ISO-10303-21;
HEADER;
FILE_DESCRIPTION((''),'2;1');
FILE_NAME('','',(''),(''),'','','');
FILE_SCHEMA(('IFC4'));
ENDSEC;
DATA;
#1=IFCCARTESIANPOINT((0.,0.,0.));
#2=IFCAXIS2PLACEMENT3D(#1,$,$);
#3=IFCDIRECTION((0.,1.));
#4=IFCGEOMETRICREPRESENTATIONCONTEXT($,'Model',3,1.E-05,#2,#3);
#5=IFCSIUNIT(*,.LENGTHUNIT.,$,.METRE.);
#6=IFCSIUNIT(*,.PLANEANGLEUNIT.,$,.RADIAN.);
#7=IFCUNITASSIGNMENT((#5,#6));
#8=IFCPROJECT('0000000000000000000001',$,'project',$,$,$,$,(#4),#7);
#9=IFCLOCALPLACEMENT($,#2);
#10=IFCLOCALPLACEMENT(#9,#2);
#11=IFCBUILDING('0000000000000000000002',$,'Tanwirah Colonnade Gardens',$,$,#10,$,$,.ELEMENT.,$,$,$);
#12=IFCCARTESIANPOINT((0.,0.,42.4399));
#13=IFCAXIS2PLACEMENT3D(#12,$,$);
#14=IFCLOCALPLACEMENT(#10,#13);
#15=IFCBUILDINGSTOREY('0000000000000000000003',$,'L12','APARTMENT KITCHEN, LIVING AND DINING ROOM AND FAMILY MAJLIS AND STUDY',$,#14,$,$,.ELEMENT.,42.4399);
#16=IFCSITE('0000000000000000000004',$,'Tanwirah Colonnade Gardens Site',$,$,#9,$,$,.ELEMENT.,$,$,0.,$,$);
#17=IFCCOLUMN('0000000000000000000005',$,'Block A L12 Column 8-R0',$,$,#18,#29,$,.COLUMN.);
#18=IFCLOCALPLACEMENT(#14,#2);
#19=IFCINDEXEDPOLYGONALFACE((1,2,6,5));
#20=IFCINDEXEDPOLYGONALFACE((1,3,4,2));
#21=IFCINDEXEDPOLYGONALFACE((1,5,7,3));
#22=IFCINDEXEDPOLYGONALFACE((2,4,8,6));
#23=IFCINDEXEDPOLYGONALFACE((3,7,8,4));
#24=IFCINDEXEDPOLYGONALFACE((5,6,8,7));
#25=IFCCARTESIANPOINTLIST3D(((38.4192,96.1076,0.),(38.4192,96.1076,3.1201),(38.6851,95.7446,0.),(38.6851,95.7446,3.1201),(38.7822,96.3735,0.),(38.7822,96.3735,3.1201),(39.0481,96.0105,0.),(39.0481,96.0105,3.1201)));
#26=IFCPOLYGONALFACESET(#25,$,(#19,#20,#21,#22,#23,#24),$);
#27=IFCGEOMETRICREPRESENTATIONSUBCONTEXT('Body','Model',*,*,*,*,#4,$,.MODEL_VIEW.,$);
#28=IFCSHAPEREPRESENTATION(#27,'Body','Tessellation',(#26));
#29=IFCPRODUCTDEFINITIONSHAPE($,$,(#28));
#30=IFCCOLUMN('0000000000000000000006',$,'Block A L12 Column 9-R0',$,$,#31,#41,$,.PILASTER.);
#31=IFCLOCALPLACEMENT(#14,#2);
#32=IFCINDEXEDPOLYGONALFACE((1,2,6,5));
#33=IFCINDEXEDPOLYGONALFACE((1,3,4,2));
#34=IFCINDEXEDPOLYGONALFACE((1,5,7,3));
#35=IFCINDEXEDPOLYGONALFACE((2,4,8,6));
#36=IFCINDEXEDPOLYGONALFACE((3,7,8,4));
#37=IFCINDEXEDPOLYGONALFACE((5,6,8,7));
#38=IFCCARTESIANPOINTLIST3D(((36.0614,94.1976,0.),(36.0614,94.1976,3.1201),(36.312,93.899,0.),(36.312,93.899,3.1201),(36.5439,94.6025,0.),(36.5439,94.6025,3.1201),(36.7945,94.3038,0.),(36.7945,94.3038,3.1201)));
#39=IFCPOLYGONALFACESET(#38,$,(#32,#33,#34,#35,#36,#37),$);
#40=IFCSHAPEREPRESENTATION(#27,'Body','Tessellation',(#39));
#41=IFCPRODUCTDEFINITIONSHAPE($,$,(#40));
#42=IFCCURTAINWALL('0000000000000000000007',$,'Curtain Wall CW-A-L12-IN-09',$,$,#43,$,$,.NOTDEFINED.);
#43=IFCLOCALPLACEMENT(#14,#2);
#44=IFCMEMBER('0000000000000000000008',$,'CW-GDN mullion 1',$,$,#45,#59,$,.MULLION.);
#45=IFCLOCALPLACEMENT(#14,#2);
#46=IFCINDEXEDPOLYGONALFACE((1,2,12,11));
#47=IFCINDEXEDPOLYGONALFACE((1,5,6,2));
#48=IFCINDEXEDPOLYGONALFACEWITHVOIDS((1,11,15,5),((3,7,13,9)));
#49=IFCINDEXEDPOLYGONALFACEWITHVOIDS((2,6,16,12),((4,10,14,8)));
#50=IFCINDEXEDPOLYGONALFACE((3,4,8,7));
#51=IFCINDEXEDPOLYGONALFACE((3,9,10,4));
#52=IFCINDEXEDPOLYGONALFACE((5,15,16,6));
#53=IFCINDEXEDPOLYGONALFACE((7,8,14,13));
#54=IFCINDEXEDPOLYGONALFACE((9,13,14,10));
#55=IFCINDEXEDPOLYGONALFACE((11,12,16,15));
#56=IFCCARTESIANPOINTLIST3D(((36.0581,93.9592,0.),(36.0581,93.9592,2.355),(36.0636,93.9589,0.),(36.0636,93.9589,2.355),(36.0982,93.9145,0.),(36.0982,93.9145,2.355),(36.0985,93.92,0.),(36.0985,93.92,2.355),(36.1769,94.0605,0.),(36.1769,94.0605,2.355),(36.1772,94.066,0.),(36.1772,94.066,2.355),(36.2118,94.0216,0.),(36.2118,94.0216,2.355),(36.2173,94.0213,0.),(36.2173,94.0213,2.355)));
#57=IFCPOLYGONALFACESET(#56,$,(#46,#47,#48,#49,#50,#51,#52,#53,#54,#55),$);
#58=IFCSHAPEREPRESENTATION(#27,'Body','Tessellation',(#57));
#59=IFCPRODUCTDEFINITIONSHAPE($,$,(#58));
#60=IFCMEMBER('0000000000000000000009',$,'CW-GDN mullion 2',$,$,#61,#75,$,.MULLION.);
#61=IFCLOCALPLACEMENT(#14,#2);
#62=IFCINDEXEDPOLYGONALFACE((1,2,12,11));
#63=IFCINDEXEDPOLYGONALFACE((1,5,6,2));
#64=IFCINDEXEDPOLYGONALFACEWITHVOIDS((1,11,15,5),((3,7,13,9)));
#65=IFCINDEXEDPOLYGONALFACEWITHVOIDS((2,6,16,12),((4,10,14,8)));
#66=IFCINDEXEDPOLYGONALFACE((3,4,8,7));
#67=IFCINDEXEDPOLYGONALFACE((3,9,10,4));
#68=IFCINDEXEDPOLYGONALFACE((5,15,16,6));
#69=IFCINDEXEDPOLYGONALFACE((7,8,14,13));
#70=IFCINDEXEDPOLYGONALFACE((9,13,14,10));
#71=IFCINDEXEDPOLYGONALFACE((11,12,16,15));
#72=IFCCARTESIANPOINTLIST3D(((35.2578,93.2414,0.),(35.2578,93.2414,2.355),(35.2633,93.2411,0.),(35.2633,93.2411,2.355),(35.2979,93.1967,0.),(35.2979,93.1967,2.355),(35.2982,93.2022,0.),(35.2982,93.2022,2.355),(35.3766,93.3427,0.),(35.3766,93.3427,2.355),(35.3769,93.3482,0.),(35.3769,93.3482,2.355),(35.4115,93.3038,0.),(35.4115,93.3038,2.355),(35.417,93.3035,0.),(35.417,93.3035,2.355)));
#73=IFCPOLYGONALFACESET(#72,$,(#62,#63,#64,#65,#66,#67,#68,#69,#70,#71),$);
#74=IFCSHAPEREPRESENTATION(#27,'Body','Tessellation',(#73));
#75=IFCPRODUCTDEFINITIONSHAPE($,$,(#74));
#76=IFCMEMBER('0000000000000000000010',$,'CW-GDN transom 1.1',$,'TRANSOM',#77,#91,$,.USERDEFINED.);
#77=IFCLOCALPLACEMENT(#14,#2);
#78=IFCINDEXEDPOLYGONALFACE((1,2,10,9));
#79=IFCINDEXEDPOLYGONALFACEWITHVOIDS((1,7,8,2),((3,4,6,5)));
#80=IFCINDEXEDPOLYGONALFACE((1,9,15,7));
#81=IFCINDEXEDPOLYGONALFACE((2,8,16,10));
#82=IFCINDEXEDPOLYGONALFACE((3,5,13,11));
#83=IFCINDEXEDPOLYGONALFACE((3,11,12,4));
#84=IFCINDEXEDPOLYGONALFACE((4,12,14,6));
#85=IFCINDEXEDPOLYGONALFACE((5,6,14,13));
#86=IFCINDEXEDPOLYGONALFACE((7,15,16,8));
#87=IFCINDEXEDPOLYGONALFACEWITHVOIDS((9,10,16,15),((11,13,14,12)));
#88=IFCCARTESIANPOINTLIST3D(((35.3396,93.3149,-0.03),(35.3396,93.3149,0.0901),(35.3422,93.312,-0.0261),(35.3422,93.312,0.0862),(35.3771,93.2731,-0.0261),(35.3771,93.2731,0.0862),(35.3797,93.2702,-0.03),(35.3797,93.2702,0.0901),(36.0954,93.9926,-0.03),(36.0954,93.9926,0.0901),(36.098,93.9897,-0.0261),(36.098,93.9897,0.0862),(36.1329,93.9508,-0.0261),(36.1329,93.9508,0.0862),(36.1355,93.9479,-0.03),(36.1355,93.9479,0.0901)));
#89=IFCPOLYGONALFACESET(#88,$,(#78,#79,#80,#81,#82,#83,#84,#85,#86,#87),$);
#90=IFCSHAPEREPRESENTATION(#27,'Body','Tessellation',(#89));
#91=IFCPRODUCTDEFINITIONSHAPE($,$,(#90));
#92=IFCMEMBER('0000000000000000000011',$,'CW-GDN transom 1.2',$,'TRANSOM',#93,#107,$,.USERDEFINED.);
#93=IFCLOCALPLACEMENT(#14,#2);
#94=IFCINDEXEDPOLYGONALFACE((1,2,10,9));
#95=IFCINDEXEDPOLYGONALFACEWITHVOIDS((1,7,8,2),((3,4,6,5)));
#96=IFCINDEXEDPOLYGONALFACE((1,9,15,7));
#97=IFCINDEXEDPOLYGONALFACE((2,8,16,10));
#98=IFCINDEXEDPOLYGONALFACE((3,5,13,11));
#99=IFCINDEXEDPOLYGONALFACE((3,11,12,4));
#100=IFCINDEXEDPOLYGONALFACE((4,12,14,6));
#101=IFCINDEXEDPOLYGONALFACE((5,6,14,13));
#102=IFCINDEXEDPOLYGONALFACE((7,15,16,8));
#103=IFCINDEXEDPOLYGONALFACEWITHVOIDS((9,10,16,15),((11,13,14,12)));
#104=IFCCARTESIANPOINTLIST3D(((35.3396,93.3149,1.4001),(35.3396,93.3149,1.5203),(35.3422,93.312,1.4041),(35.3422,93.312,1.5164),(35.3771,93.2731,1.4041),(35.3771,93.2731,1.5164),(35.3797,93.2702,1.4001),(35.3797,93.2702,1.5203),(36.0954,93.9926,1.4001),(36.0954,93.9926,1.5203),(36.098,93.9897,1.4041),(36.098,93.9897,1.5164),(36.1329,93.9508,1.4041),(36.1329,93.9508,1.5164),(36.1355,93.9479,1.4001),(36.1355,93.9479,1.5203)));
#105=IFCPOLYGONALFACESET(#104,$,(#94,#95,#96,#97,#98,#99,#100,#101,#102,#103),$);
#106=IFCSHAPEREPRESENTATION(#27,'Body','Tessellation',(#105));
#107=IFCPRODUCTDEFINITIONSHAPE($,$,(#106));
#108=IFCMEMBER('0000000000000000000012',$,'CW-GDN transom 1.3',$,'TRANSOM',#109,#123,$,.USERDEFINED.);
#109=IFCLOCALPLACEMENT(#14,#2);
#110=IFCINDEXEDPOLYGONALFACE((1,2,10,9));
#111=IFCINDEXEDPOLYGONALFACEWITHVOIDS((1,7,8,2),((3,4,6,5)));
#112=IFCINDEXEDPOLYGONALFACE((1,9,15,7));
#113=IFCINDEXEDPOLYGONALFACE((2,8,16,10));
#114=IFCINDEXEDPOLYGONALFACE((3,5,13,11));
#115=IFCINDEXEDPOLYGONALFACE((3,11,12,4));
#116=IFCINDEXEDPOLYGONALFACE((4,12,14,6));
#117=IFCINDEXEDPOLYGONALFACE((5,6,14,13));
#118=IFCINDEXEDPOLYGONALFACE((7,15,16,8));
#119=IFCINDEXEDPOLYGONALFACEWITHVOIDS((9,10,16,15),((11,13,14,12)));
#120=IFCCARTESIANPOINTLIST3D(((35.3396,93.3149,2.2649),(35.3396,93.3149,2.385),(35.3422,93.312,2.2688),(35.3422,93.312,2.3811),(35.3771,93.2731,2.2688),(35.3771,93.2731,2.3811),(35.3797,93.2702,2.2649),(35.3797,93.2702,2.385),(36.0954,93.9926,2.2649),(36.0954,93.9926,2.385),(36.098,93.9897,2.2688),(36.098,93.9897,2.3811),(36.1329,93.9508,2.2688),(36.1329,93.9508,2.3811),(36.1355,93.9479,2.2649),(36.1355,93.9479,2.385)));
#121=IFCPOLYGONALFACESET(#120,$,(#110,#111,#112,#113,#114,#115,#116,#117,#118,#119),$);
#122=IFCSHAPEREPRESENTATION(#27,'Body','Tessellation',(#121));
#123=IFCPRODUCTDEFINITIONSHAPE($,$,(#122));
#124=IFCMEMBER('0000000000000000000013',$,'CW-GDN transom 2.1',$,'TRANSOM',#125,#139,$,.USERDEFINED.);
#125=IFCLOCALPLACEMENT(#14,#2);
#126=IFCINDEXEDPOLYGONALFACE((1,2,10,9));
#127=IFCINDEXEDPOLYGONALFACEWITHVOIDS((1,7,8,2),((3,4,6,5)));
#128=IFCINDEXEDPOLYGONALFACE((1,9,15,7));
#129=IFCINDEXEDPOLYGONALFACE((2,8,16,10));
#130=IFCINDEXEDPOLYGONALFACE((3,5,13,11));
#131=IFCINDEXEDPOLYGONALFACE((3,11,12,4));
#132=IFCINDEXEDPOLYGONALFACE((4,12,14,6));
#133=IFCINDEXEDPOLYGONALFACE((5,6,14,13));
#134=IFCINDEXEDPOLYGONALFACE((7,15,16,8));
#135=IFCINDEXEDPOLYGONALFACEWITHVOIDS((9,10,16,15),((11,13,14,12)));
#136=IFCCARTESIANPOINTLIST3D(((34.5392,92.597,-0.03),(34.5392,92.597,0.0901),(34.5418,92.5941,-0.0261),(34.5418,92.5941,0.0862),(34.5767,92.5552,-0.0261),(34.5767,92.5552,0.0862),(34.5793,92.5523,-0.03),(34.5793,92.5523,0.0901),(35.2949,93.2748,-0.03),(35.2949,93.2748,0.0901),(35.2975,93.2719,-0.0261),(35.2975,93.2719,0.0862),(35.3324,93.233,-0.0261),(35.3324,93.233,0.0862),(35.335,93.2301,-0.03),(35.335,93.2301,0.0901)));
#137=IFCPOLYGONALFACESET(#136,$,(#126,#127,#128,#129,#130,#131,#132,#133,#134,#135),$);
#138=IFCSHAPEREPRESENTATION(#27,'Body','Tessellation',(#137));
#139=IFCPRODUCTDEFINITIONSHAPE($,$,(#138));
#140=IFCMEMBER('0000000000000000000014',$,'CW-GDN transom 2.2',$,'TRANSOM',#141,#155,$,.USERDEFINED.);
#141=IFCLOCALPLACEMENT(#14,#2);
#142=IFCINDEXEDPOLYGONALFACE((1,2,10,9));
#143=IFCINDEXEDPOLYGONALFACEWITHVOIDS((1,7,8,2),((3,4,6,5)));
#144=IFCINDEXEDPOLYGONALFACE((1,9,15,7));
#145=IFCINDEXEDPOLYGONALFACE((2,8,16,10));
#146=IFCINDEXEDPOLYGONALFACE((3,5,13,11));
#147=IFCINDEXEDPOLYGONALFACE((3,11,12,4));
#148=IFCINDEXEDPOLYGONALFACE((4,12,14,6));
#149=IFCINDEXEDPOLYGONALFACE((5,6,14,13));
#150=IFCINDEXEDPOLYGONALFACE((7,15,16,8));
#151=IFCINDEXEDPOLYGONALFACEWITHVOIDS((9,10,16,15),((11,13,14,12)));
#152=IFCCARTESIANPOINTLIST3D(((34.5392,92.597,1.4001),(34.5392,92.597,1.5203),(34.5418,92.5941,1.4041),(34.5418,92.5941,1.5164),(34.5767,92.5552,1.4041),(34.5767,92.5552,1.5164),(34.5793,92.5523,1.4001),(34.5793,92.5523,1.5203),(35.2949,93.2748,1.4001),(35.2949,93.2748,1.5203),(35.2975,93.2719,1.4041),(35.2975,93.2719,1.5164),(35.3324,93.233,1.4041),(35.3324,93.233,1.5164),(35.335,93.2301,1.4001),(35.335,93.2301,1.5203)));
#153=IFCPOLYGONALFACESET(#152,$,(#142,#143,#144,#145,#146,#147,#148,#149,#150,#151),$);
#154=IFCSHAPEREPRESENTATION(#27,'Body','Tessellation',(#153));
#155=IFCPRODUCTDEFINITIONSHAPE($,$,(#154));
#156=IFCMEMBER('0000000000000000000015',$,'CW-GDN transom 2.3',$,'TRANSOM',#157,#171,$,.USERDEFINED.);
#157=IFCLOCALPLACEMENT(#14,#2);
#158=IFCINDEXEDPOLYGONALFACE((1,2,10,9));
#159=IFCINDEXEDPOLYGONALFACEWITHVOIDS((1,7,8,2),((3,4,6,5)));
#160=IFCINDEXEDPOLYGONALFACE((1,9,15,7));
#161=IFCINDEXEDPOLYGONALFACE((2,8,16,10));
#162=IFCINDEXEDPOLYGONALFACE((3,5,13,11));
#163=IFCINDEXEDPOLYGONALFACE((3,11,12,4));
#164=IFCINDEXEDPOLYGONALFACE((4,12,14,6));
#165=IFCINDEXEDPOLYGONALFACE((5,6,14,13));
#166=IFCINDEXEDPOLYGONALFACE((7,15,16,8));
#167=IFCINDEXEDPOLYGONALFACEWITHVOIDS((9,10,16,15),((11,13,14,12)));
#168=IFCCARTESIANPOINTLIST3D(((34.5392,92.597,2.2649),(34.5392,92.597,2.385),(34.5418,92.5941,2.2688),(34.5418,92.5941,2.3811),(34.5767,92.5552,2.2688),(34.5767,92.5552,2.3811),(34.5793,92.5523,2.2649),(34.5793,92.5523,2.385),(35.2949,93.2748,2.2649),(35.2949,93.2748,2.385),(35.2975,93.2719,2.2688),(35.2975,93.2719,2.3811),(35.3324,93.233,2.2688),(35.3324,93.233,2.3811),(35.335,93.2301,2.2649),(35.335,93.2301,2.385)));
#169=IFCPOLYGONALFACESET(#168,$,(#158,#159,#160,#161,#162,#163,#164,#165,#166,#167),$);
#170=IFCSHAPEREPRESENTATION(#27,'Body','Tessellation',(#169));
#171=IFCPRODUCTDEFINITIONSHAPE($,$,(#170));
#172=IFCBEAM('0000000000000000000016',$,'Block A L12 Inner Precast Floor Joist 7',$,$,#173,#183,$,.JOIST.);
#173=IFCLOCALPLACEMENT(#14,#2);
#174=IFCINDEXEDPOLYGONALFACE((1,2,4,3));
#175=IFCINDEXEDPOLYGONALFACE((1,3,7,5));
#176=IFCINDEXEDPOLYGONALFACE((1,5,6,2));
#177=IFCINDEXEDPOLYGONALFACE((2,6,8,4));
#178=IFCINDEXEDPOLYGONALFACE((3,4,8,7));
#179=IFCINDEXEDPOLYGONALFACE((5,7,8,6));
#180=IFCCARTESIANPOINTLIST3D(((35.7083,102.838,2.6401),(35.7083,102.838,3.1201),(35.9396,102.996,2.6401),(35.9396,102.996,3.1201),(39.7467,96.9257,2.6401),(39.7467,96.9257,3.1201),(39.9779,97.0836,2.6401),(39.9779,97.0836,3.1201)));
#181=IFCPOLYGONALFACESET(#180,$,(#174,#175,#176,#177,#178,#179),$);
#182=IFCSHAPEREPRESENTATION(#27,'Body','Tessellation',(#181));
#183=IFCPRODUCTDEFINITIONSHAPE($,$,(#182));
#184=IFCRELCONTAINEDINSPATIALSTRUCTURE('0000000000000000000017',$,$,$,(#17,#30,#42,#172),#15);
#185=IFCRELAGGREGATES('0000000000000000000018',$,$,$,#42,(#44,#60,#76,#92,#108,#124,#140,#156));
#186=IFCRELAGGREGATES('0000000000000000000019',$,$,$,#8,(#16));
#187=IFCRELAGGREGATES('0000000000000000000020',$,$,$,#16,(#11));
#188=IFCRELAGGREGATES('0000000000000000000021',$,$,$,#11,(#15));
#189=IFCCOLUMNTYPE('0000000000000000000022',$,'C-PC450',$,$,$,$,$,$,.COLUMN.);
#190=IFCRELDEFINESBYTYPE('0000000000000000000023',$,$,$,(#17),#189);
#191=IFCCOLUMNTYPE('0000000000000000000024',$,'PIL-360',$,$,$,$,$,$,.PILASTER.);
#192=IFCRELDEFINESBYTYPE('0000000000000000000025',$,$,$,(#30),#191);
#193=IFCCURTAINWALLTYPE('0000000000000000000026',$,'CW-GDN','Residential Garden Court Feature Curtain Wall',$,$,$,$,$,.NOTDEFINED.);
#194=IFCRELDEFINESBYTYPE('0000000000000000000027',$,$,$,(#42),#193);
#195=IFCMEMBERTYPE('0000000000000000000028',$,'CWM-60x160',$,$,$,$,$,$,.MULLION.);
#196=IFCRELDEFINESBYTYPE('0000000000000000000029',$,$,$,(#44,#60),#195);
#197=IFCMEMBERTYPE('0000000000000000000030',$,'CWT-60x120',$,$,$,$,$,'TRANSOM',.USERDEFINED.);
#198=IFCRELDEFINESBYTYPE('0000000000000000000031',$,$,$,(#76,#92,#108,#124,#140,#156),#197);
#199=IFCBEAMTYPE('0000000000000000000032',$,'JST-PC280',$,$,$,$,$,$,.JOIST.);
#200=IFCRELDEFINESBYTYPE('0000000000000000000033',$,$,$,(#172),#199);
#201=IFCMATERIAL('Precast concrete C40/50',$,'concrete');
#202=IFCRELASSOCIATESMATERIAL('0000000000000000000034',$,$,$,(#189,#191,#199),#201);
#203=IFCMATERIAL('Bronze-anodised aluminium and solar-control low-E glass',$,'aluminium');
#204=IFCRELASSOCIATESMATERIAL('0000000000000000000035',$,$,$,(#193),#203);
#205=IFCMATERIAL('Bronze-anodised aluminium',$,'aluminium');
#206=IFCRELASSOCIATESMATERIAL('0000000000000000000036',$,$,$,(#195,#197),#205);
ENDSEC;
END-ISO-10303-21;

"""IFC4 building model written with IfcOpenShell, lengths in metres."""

from ifc_helpers import new_model, si_unit, direction, frame, origin, origin_2d, place, context, subcontext, project, spatial, rectangle, hollow_rectangle, extrude, material, material_profile, profile_set, type_object, element, aggregate, save


model = new_model("IFC4")

# Units and contexts
model_context = context("Model", 3, precision=1e-05, world=origin(), true_north=direction((0.0, 1.0)))
body_context = subcontext(model_context, "Body", "Model", "MODEL_VIEW")
ifc_project = project(units=[si_unit("LENGTHUNIT", "METRE"), si_unit("PLANEANGLEUNIT", "RADIAN")], contexts=[model_context])

# Site, building, storey
site_placement = place(None, origin())
site = spatial("IfcSite", under=ifc_project, at=site_placement, Name="Tanwirah Colonnade Gardens Site", CompositionType="ELEMENT", RefElevation=0.0)
building_placement = place(site_placement, origin())
building = spatial("IfcBuilding", under=site, at=building_placement, Name="Tanwirah Colonnade Gardens", CompositionType="ELEMENT")
storey_placement = place(building_placement, frame((0.0, 0.0, 42.4399)))
storey = spatial("IfcBuildingStorey", under=building, at=storey_placement, Name="L12", Description="APARTMENT KITCHEN, LIVING AND DINING ROOM AND FAMILY MAJLIS AND STUDY", CompositionType="ELEMENT", Elevation=42.4399)

# Columns
ifc_material_1 = material(Name="Precast concrete C40/50", Category="concrete")
ifc_material_profile_1 = material_profile(ifc_material_1, rectangle(XDim=0.45, YDim=0.45, at=origin_2d()), Name="PC-COL 450x450")
ifc_profile_set_1 = profile_set([ifc_material_profile_1], Name="Precast concrete C40/50")
column_type_1 = type_object("IfcColumnType", Name="C-PC450", PredefinedType="COLUMN", material=ifc_profile_set_1)
column_1_placement = place(storey_placement, frame((38.7336, 96.0591, 0.0), z_axis=(0.0, 0.0, 1.0), x_axis=(-0.590919, 0.806731, 0.0)))
element("IfcColumn", 1, at=column_1_placement, inside=storey, type_object=column_type_1, Name="Block A L12 Column 8-R0", PredefinedType="COLUMN", context=body_context, shape_type="SweptSolid", body=[
    extrude(rectangle(XDim=0.45, YDim=0.45, at=origin_2d()), origin(), (0.0, 0.0, 1.0), 3.1201),
])
ifc_material_profile_2 = material_profile(ifc_material_1, rectangle(XDim=0.3899, YDim=0.6299, at=origin_2d()), Name="PC-PIL 390x630")
ifc_profile_set_2 = profile_set([ifc_material_profile_2], Name="Precast concrete C40/50")
column_type_2 = type_object("IfcColumnType", Name="PIL-360", PredefinedType="PILASTER", material=ifc_profile_set_2)
column_2_placement = place(storey_placement, frame((36.428, 94.2507, 0.0), z_axis=(0.0, 0.0, 1.0), x_axis=(-0.642788, 0.766044, 0.0)))
element("IfcColumn", 2, at=column_2_placement, inside=storey, type_object=column_type_2, Name="Block A L12 Column 9-R0", PredefinedType="PILASTER", context=body_context, shape_type="SweptSolid", body=[
    extrude(rectangle(XDim=0.3899, YDim=0.6299, at=origin_2d()), origin(), (0.0, 0.0, 1.0), 3.1201),
])

# Curtain wall, members
ifc_material_2 = material(Name="Bronze-anodised aluminium and solar-control low-E glass", Category="aluminium")
curtain_wall_type = type_object("IfcCurtainWallType", Name="CW-GDN", Description="Residential Garden Court Feature Curtain Wall", PredefinedType="NOTDEFINED", material=ifc_material_2)
curtain_wall_placement = place(storey_placement, origin())
curtain_wall = element("IfcCurtainWall", 3, at=curtain_wall_placement, inside=storey, type_object=curtain_wall_type, Name="Curtain Wall CW-A-L12-IN-09", PredefinedType="NOTDEFINED")
ifc_material_3 = material(Name="Bronze-anodised aluminium", Category="aluminium")
ifc_material_profile_3 = material_profile(ifc_material_3, hollow_rectangle(XDim=0.0601, YDim=0.1599, WallThickness=0.0039, at=origin_2d()), Name="CW-MUL 60x160x4")
ifc_profile_set_3 = profile_set([ifc_material_profile_3], Name="Bronze-anodised aluminium")
member_type_1 = type_object("IfcMemberType", Name="CWM-60x160", PredefinedType="MULLION", material=ifc_profile_set_3)
member_1_placement = place(storey_placement, frame((36.1377, 93.9902, 0.0), z_axis=(0.0, 0.0, 1.0), x_axis=(0.667689, -0.74444, 0.0)))
member_1 = element("IfcMember", 4, at=member_1_placement, type_object=member_type_1, Name="CW-GDN mullion 1", PredefinedType="MULLION", context=body_context, shape_type="SweptSolid", body=[
    extrude(hollow_rectangle(XDim=0.0601, YDim=0.1599, WallThickness=0.0039, at=origin_2d()), origin(), (0.0, 0.0, 1.0), 2.355),
])
member_2_placement = place(storey_placement, frame((35.3374, 93.2725, 0.0), z_axis=(0.0, 0.0, 1.0), x_axis=(0.667689, -0.74444, 0.0)))
member_2 = element("IfcMember", 5, at=member_2_placement, type_object=member_type_1, Name="CW-GDN mullion 2", PredefinedType="MULLION", context=body_context, shape_type="SweptSolid", body=[
    extrude(hollow_rectangle(XDim=0.0601, YDim=0.1599, WallThickness=0.0039, at=origin_2d()), origin(), (0.0, 0.0, 1.0), 2.355),
])
ifc_material_profile_4 = material_profile(ifc_material_3, hollow_rectangle(XDim=0.0601, YDim=0.1201, WallThickness=0.0039, at=origin_2d()), Name="CW-TRN 60x120x4")
ifc_profile_set_4 = profile_set([ifc_material_profile_4], Name="Bronze-anodised aluminium")
member_type_2 = type_object("IfcMemberType", Name="CWT-60x120", ElementType="TRANSOM", PredefinedType="USERDEFINED", material=ifc_profile_set_4)
member_3_placement = place(storey_placement, frame((36.1155, 93.9702, 0.03), z_axis=(-0.744536, -0.667582, 0.0), x_axis=(0.667582, -0.744536, 0.0)))
member_3 = element("IfcMember", 6, at=member_3_placement, type_object=member_type_2, Name="CW-GDN transom 1.1", ObjectType="TRANSOM", PredefinedType="USERDEFINED", context=body_context, shape_type="SweptSolid", body=[
    extrude(hollow_rectangle(XDim=0.0601, YDim=0.1201, WallThickness=0.0039, at=origin_2d()), origin(), (0.0, 0.0, 1.0), 1.0151),
])
member_4_placement = place(storey_placement, frame((36.1155, 93.9702, 1.4602), z_axis=(-0.744536, -0.667582, 0.0), x_axis=(0.667582, -0.744536, 0.0)))
member_4 = element("IfcMember", 7, at=member_4_placement, type_object=member_type_2, Name="CW-GDN transom 1.2", ObjectType="TRANSOM", PredefinedType="USERDEFINED", context=body_context, shape_type="SweptSolid", body=[
    extrude(hollow_rectangle(XDim=0.0601, YDim=0.1201, WallThickness=0.0039, at=origin_2d()), origin(), (0.0, 0.0, 1.0), 1.0151),
])
member_5_placement = place(storey_placement, frame((36.1155, 93.9702, 2.325), z_axis=(-0.744536, -0.667582, 0.0), x_axis=(0.667582, -0.744536, 0.0)))
member_5 = element("IfcMember", 8, at=member_5_placement, type_object=member_type_2, Name="CW-GDN transom 1.3", ObjectType="TRANSOM", PredefinedType="USERDEFINED", context=body_context, shape_type="SweptSolid", body=[
    extrude(hollow_rectangle(XDim=0.0601, YDim=0.1201, WallThickness=0.0039, at=origin_2d()), origin(), (0.0, 0.0, 1.0), 1.0151),
])
member_6_placement = place(storey_placement, frame((35.3149, 93.2524, 0.03), z_axis=(-0.744429, -0.667701, 0.0), x_axis=(0.667701, -0.744429, 0.0)))
member_6 = element("IfcMember", 9, at=member_6_placement, type_object=member_type_2, Name="CW-GDN transom 2.1", ObjectType="TRANSOM", PredefinedType="USERDEFINED", context=body_context, shape_type="SweptSolid", body=[
    extrude(hollow_rectangle(XDim=0.0601, YDim=0.1201, WallThickness=0.0039, at=origin_2d()), origin(), (0.0, 0.0, 1.0), 1.0151),
])
member_7_placement = place(storey_placement, frame((35.3149, 93.2524, 1.4602), z_axis=(-0.744429, -0.667701, 0.0), x_axis=(0.667701, -0.744429, 0.0)))
member_7 = element("IfcMember", 10, at=member_7_placement, type_object=member_type_2, Name="CW-GDN transom 2.2", ObjectType="TRANSOM", PredefinedType="USERDEFINED", context=body_context, shape_type="SweptSolid", body=[
    extrude(hollow_rectangle(XDim=0.0601, YDim=0.1201, WallThickness=0.0039, at=origin_2d()), origin(), (0.0, 0.0, 1.0), 1.0151),
])
member_8_placement = place(storey_placement, frame((35.3149, 93.2524, 2.325), z_axis=(-0.744429, -0.667701, 0.0), x_axis=(0.667701, -0.744429, 0.0)))
member_8 = element("IfcMember", 11, at=member_8_placement, type_object=member_type_2, Name="CW-GDN transom 2.3", ObjectType="TRANSOM", PredefinedType="USERDEFINED", context=body_context, shape_type="SweptSolid", body=[
    extrude(hollow_rectangle(XDim=0.0601, YDim=0.1201, WallThickness=0.0039, at=origin_2d()), origin(), (0.0, 0.0, 1.0), 1.0151),
])

# Beam
ifc_material_profile_5 = material_profile(ifc_material_1, rectangle(XDim=0.28, YDim=0.48, at=origin_2d()), Name="PC-JST 280x480")
ifc_profile_set_5 = profile_set([ifc_material_profile_5], Name="Precast concrete C40/50")
beam_type_1 = type_object("IfcBeamType", Name="JST-PC280", PredefinedType="JOIST", material=ifc_profile_set_5)
for number, where, z_axis, x_axis, name in (
    (12, (39.8623, 97.0046, 2.8801), (-0.564021, 0.82576, 0.0), (-0.82576, -0.564021, 0.0), "Block A L12 Inner Precast Floor Joist 7"),
):
    element("IfcBeam", number, at=place(storey_placement, frame(where, z_axis=z_axis, x_axis=x_axis)), inside=storey, type_object=beam_type_1, Name=name, PredefinedType="JOIST", context=body_context, shape_type="SweptSolid", body=[
        extrude(rectangle(XDim=0.28, YDim=0.48, at=origin_2d()), origin(), (0.0, 0.0, 1.0), 7.1599),
    ])

aggregate(curtain_wall, [member_1, member_2, member_3, member_4, member_5, member_6, member_7, member_8])

save(model, "model.ifc")
